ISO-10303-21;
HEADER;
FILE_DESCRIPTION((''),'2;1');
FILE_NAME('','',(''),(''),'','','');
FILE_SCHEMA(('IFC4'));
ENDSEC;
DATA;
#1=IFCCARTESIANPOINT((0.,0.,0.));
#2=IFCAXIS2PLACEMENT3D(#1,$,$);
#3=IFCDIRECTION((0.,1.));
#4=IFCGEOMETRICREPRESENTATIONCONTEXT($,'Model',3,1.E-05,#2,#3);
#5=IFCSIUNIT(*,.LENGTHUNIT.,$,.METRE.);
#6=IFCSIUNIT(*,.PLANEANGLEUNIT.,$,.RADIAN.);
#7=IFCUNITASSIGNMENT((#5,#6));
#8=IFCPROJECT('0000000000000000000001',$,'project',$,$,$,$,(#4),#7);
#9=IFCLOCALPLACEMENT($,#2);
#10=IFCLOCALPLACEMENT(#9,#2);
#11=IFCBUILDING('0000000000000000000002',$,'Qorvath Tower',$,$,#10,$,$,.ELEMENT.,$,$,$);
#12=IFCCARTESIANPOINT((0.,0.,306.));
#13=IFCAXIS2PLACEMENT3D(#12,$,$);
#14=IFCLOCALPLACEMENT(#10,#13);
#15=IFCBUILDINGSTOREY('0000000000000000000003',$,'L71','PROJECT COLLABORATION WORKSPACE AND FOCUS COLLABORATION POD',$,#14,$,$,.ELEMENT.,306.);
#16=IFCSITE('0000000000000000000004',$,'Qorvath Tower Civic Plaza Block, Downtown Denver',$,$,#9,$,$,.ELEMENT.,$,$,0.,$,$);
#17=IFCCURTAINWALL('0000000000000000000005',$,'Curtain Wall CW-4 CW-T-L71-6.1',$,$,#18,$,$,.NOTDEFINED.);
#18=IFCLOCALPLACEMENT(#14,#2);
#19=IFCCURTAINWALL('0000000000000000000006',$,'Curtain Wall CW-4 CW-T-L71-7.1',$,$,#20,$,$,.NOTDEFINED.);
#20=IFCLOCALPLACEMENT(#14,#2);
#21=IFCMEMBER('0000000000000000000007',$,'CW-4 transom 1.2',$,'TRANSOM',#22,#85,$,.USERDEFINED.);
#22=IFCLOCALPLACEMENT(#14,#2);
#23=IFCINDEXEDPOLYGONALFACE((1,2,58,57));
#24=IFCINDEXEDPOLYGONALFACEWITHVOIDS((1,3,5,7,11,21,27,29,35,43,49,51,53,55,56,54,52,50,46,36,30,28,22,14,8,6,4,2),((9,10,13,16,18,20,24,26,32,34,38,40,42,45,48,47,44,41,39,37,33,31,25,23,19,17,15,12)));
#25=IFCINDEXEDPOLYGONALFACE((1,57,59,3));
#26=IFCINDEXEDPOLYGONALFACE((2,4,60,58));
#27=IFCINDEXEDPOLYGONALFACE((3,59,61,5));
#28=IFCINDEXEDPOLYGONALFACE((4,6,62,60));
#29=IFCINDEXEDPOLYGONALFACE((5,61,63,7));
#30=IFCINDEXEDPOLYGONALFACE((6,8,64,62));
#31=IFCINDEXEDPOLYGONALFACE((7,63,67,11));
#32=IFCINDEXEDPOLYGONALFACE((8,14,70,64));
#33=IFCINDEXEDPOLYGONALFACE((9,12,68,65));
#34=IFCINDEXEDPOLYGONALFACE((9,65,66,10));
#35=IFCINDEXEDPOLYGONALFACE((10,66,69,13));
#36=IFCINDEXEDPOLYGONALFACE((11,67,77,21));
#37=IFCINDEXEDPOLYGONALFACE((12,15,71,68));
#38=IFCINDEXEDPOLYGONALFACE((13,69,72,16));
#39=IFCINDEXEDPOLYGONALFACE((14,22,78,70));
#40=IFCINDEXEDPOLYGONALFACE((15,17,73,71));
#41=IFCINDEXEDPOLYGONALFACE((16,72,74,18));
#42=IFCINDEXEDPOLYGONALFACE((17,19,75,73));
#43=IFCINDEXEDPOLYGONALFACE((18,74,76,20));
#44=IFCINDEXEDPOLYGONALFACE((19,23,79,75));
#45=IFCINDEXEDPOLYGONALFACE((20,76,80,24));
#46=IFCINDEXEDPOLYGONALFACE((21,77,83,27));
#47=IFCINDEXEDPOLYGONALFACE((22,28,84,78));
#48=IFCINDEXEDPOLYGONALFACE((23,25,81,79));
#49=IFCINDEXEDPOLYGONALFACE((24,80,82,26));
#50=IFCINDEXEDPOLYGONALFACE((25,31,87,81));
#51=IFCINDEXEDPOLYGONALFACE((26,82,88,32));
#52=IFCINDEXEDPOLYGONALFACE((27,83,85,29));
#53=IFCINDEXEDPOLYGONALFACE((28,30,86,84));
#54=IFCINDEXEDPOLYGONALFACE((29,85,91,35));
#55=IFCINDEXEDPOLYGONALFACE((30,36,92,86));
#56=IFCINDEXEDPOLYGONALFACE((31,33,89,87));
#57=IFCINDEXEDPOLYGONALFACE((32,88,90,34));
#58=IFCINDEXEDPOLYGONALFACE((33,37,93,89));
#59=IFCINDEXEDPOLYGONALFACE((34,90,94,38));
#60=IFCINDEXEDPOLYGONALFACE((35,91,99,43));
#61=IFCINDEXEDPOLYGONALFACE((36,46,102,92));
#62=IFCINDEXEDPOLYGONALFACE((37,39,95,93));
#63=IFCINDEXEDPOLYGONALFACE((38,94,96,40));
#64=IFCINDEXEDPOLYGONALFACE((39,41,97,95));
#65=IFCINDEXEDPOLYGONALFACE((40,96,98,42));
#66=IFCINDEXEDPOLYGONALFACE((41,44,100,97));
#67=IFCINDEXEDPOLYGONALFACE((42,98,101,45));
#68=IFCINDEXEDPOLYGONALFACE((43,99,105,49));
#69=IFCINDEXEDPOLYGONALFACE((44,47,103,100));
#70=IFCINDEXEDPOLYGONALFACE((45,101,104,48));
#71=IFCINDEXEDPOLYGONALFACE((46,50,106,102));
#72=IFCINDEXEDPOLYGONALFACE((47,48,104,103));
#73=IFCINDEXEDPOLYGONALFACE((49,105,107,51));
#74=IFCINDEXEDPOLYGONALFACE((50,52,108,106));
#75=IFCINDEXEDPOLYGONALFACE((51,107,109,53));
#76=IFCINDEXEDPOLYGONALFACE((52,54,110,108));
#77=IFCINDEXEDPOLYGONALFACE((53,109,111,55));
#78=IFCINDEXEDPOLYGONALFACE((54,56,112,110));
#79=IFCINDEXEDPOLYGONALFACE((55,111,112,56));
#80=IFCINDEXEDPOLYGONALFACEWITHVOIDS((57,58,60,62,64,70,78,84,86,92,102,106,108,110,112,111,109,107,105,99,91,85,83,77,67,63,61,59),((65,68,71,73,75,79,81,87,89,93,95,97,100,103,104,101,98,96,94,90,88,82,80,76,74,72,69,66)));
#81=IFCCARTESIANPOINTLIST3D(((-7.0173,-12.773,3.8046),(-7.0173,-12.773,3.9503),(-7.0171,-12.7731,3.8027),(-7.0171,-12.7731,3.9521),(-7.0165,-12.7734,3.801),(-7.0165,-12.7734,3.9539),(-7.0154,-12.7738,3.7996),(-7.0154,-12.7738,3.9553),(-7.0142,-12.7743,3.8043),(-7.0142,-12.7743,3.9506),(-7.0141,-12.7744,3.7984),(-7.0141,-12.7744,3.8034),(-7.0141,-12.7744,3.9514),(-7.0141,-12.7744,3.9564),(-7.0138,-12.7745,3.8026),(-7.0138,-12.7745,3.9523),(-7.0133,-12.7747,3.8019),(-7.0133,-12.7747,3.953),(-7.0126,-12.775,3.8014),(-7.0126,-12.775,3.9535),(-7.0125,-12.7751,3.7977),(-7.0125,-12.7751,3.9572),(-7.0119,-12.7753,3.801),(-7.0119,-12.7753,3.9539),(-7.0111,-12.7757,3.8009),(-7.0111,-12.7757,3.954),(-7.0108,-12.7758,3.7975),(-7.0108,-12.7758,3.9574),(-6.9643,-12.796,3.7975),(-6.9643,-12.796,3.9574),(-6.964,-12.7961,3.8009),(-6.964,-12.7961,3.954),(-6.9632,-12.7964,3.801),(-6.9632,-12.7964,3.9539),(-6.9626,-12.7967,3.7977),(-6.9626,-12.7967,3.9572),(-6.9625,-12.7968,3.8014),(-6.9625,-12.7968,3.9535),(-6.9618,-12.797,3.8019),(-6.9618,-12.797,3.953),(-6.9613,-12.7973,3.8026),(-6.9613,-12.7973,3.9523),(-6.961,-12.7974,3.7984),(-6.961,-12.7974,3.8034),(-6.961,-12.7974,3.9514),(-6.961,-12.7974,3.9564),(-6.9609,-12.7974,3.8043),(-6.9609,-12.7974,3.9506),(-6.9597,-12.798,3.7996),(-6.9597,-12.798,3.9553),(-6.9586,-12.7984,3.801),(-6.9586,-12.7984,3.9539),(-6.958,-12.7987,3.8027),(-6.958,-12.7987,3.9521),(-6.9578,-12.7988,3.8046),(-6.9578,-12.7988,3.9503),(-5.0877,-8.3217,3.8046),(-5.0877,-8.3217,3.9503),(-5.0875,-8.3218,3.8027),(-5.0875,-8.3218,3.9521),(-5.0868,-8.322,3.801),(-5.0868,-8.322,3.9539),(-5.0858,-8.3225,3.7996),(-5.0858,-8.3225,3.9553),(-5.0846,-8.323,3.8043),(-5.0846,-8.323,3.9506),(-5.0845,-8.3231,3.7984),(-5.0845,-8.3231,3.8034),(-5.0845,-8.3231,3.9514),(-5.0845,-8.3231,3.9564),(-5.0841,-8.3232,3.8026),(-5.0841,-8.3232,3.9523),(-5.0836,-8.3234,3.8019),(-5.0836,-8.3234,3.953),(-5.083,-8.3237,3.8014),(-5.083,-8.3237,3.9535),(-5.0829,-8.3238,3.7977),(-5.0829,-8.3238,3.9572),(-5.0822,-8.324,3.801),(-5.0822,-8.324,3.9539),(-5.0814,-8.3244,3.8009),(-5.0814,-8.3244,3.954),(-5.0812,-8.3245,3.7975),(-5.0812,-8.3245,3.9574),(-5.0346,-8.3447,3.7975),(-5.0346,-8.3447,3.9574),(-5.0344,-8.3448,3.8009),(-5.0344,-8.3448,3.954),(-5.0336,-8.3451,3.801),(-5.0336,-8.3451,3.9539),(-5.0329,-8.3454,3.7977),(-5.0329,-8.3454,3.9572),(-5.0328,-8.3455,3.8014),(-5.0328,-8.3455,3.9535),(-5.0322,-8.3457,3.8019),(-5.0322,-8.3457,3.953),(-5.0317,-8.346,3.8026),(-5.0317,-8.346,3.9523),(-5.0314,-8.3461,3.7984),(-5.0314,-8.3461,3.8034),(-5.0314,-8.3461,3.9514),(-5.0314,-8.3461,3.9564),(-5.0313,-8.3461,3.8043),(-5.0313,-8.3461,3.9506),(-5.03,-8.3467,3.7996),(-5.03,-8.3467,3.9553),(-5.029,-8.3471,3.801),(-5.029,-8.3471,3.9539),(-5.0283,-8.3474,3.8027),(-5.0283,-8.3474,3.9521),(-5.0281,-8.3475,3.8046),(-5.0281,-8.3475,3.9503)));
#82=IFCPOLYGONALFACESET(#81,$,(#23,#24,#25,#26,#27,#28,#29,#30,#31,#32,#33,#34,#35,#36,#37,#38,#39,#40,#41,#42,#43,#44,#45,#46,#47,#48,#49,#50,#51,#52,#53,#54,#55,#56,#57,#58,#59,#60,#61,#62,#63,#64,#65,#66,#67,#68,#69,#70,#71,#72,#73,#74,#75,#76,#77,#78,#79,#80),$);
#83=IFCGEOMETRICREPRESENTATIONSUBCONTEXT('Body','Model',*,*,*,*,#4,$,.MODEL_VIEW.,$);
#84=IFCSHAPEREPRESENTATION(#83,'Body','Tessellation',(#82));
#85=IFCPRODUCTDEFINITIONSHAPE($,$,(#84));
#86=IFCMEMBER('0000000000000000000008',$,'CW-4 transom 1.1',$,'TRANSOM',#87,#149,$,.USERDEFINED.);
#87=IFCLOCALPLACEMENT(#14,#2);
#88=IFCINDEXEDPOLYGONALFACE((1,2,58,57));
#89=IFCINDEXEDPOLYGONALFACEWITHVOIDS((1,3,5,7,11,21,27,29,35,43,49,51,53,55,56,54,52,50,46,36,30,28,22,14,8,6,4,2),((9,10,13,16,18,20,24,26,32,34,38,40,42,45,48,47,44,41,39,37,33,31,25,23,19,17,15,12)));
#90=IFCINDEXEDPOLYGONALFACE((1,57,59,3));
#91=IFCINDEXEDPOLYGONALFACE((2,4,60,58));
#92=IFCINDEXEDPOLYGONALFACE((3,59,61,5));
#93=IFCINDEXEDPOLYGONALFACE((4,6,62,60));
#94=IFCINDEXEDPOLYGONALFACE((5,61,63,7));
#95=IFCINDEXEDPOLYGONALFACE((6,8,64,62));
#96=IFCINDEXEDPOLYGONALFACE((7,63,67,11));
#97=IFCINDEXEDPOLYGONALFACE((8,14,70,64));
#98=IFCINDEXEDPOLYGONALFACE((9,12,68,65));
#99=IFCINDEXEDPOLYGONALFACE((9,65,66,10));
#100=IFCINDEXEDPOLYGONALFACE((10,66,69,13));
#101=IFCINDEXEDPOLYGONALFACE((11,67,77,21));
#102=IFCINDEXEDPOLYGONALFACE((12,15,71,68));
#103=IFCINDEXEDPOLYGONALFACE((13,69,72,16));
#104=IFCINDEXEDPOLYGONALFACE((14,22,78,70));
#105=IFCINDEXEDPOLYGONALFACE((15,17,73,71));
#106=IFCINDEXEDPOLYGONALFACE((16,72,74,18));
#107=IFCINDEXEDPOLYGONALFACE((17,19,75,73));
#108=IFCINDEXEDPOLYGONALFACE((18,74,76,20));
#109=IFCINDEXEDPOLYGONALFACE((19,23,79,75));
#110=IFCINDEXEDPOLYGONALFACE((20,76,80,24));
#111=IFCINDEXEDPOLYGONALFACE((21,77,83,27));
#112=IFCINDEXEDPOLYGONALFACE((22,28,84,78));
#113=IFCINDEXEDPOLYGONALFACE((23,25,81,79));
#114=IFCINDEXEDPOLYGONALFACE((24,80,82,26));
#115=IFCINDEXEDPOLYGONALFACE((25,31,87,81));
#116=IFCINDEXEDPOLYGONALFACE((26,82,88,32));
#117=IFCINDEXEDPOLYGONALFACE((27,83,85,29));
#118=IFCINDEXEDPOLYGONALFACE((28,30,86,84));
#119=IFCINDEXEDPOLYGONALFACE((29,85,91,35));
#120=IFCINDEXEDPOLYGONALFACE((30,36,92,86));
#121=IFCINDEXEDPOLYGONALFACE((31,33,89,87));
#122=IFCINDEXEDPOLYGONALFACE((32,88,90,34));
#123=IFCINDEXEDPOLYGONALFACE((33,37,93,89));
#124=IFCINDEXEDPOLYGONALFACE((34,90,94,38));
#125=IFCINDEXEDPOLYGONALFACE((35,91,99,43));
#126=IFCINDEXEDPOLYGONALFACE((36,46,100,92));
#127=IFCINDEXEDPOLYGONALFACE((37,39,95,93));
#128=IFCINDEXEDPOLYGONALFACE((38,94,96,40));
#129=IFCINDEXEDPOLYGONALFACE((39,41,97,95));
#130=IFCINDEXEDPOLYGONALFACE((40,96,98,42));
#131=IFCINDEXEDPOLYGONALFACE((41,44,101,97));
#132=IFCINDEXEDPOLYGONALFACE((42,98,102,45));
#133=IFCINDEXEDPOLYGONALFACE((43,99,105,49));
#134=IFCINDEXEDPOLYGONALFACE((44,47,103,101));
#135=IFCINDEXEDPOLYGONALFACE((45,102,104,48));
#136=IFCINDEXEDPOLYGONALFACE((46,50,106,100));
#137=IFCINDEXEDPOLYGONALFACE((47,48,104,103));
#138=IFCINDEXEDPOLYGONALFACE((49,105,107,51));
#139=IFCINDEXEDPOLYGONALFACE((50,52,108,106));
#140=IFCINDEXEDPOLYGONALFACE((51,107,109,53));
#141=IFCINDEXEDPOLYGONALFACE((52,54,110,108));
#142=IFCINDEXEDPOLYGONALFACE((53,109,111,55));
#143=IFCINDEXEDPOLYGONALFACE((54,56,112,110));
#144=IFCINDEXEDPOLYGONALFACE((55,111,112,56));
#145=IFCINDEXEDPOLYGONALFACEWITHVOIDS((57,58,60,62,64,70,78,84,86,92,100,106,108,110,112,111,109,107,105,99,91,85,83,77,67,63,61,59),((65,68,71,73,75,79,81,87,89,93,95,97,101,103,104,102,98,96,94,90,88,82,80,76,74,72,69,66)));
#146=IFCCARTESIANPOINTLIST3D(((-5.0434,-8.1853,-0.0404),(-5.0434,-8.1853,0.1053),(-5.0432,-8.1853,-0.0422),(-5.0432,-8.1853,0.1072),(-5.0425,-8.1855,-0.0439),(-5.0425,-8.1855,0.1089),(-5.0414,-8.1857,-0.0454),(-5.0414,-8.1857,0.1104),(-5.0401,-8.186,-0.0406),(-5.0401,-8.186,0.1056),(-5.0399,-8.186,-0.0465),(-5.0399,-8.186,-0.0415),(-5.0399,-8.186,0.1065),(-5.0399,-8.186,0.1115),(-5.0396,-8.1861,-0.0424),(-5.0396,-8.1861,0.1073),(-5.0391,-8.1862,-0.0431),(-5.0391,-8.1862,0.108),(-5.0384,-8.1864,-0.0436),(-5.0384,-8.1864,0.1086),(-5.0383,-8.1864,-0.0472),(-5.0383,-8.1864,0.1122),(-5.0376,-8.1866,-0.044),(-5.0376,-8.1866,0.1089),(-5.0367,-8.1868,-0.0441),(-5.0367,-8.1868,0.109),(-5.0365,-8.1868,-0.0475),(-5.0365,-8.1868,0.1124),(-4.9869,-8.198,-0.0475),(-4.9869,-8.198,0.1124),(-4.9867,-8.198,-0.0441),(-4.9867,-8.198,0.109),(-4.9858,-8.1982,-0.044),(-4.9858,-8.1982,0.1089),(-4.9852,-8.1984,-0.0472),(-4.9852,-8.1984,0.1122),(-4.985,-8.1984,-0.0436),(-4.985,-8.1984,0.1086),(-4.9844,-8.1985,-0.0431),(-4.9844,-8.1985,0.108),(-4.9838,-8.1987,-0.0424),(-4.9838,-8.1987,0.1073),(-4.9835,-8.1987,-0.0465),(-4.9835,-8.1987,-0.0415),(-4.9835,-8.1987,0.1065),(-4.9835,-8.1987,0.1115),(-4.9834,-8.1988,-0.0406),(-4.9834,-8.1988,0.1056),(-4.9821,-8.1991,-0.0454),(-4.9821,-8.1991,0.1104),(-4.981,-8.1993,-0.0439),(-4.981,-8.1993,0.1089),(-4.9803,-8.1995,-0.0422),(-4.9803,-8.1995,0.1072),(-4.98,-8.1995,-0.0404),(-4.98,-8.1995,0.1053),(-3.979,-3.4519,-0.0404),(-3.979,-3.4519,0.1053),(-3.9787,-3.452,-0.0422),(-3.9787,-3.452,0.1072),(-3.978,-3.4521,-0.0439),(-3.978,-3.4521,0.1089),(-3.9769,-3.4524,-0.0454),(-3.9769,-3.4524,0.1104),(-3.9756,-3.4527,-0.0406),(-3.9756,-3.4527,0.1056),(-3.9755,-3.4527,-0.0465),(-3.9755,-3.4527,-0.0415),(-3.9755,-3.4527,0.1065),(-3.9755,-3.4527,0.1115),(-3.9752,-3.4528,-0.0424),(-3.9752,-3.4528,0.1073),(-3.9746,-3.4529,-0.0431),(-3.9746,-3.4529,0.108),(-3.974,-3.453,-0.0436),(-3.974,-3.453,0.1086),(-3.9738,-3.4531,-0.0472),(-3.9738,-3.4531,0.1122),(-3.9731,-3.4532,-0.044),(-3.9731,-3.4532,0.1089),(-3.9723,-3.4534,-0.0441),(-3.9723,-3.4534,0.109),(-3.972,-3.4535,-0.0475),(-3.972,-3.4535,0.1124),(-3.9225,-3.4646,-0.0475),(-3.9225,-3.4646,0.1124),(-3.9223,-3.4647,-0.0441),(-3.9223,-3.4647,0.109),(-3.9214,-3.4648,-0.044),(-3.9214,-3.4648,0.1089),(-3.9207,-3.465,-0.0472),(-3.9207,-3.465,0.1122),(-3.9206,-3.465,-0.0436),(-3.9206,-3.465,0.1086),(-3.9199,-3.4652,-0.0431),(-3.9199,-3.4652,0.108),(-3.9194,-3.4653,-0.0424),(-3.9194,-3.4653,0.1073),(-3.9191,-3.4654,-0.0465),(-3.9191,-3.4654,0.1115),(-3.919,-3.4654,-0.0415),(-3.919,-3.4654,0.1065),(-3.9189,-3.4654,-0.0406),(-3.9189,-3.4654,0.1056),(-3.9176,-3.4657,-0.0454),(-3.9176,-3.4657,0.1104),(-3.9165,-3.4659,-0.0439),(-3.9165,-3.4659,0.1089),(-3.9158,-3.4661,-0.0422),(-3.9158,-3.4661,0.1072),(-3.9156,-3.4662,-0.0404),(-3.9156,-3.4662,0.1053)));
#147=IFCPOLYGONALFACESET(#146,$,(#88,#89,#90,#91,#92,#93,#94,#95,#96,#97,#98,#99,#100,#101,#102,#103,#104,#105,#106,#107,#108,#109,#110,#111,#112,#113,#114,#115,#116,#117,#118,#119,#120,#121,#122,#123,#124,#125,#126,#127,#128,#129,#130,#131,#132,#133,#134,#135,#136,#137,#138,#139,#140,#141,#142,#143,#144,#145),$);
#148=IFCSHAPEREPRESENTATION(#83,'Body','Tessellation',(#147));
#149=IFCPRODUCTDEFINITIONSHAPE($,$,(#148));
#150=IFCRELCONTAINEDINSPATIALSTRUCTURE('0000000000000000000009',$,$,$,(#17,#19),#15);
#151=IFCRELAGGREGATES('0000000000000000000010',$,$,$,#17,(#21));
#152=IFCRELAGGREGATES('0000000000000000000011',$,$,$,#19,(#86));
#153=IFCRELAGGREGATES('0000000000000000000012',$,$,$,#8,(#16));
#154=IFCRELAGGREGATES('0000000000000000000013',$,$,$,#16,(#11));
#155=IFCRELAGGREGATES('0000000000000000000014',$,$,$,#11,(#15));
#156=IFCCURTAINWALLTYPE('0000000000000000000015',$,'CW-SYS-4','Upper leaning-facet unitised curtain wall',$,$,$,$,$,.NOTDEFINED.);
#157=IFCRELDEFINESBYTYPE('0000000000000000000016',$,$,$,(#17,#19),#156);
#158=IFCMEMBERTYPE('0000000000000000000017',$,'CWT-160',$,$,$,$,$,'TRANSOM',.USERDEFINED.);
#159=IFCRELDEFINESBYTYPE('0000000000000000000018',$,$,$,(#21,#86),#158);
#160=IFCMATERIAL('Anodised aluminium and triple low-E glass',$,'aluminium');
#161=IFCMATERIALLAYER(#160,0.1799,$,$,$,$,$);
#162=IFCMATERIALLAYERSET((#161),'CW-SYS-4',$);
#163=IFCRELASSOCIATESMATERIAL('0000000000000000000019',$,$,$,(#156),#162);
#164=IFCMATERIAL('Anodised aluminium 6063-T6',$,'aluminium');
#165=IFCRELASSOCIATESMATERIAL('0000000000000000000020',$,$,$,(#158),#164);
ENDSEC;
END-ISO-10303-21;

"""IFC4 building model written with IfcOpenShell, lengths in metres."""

from ifc_helpers import new_model, si_unit, direction, frame, origin, origin_2d, place, context, subcontext, project, spatial, hollow_rectangle, extrude, material, layer, layer_set, material_profile, profile_set, type_object, element, aggregate, save


model = new_model("IFC4")

# Units and contexts
model_context = context("Model", 3, precision=1e-05, world=origin(), true_north=direction((0.0, 1.0)))
body_context = subcontext(model_context, "Body", "Model", "MODEL_VIEW")
ifc_project = project(units=[si_unit("LENGTHUNIT", "METRE"), si_unit("PLANEANGLEUNIT", "RADIAN")], contexts=[model_context])

# Site, building, storey
site_placement = place(None, origin())
site = spatial("IfcSite", under=ifc_project, at=site_placement, Name="Qorvath Tower Civic Plaza Block, Downtown Denver", CompositionType="ELEMENT", RefElevation=0.0)
building_placement = place(site_placement, origin())
building = spatial("IfcBuilding", under=site, at=building_placement, Name="Qorvath Tower", CompositionType="ELEMENT")
storey_placement = place(building_placement, frame((0.0, 0.0, 306.0)))
storey = spatial("IfcBuildingStorey", under=building, at=storey_placement, Name="L71", Description="PROJECT COLLABORATION WORKSPACE AND FOCUS COLLABORATION POD", CompositionType="ELEMENT", Elevation=306.0)

# Curtain walls
ifc_material_1 = material(Name="Anodised aluminium and triple low-E glass", Category="aluminium")
ifc_layer_1 = layer(ifc_material_1, 0.1799)
ifc_layer_set_1 = layer_set([ifc_layer_1], Name="CW-SYS-4")
curtain_wall_type = type_object("IfcCurtainWallType", Name="CW-SYS-4", Description="Upper leaning-facet unitised curtain wall", PredefinedType="NOTDEFINED", material=ifc_layer_set_1)
curtain_wall_1_placement = place(storey_placement, origin())
curtain_wall_1 = element("IfcCurtainWall", 1, at=curtain_wall_1_placement, inside=storey, type_object=curtain_wall_type, Name="Curtain Wall CW-4 CW-T-L71-6.1", PredefinedType="NOTDEFINED")
curtain_wall_2_placement = place(storey_placement, origin())
curtain_wall_2 = element("IfcCurtainWall", 2, at=curtain_wall_2_placement, inside=storey, type_object=curtain_wall_type, Name="Curtain Wall CW-4 CW-T-L71-7.1", PredefinedType="NOTDEFINED")

# Members
ifc_material_2 = material(Name="Anodised aluminium 6063-T6", Category="aluminium")
ifc_material_profile_1 = material_profile(ifc_material_2, hollow_rectangle(XDim=0.0649, YDim=0.1599, WallThickness=0.0034, InnerFilletRadius=0.0034, OuterFilletRadius=0.0071, at=origin_2d()), Name="CWT 160x65")
ifc_profile_set_1 = profile_set([ifc_material_profile_1], Name="Anodised aluminium 6063-T6")
member_type_1 = type_object("IfcMemberType", Name="CWT-160", ElementType="TRANSOM", PredefinedType="USERDEFINED", material=ifc_profile_set_1)
member_1_placement = place(storey_placement, frame((-6.9875, -12.7859, 3.8774), z_axis=(0.397736, 0.9175, 0.0), x_axis=(-0.9175, 0.397736, 0.0)))
member_1 = element("IfcMember", 3, at=member_1_placement, type_object=member_type_1, Name="CW-4 transom 1.2", ObjectType="TRANSOM", PredefinedType="USERDEFINED", context=body_context, shape_type="SweptSolid", body=[
    extrude(hollow_rectangle(XDim=0.0649, YDim=0.1599, WallThickness=0.0034, InnerFilletRadius=0.0034, OuterFilletRadius=0.0071, at=origin_2d()), origin(), (0.0, 0.0, 1.0), 4.8516),
])
member_2_placement = place(storey_placement, frame((-5.0117, -8.1924, 0.0325), z_axis=(0.219402, 0.975635, 0.0), x_axis=(-0.975635, 0.219402, 0.0)))
member_2 = element("IfcMember", 4, at=member_2_placement, type_object=member_type_1, Name="CW-4 transom 1.1", ObjectType="TRANSOM", PredefinedType="USERDEFINED", context=body_context, shape_type="SweptSolid", body=[
    extrude(hollow_rectangle(XDim=0.0649, YDim=0.1599, WallThickness=0.0034, InnerFilletRadius=0.0034, OuterFilletRadius=0.0071, at=origin_2d()), origin(), (0.0, 0.0, 1.0), 4.8516),
])

aggregate(curtain_wall_1, [member_1])
aggregate(curtain_wall_2, [member_2])

save(model, "model.ifc")
